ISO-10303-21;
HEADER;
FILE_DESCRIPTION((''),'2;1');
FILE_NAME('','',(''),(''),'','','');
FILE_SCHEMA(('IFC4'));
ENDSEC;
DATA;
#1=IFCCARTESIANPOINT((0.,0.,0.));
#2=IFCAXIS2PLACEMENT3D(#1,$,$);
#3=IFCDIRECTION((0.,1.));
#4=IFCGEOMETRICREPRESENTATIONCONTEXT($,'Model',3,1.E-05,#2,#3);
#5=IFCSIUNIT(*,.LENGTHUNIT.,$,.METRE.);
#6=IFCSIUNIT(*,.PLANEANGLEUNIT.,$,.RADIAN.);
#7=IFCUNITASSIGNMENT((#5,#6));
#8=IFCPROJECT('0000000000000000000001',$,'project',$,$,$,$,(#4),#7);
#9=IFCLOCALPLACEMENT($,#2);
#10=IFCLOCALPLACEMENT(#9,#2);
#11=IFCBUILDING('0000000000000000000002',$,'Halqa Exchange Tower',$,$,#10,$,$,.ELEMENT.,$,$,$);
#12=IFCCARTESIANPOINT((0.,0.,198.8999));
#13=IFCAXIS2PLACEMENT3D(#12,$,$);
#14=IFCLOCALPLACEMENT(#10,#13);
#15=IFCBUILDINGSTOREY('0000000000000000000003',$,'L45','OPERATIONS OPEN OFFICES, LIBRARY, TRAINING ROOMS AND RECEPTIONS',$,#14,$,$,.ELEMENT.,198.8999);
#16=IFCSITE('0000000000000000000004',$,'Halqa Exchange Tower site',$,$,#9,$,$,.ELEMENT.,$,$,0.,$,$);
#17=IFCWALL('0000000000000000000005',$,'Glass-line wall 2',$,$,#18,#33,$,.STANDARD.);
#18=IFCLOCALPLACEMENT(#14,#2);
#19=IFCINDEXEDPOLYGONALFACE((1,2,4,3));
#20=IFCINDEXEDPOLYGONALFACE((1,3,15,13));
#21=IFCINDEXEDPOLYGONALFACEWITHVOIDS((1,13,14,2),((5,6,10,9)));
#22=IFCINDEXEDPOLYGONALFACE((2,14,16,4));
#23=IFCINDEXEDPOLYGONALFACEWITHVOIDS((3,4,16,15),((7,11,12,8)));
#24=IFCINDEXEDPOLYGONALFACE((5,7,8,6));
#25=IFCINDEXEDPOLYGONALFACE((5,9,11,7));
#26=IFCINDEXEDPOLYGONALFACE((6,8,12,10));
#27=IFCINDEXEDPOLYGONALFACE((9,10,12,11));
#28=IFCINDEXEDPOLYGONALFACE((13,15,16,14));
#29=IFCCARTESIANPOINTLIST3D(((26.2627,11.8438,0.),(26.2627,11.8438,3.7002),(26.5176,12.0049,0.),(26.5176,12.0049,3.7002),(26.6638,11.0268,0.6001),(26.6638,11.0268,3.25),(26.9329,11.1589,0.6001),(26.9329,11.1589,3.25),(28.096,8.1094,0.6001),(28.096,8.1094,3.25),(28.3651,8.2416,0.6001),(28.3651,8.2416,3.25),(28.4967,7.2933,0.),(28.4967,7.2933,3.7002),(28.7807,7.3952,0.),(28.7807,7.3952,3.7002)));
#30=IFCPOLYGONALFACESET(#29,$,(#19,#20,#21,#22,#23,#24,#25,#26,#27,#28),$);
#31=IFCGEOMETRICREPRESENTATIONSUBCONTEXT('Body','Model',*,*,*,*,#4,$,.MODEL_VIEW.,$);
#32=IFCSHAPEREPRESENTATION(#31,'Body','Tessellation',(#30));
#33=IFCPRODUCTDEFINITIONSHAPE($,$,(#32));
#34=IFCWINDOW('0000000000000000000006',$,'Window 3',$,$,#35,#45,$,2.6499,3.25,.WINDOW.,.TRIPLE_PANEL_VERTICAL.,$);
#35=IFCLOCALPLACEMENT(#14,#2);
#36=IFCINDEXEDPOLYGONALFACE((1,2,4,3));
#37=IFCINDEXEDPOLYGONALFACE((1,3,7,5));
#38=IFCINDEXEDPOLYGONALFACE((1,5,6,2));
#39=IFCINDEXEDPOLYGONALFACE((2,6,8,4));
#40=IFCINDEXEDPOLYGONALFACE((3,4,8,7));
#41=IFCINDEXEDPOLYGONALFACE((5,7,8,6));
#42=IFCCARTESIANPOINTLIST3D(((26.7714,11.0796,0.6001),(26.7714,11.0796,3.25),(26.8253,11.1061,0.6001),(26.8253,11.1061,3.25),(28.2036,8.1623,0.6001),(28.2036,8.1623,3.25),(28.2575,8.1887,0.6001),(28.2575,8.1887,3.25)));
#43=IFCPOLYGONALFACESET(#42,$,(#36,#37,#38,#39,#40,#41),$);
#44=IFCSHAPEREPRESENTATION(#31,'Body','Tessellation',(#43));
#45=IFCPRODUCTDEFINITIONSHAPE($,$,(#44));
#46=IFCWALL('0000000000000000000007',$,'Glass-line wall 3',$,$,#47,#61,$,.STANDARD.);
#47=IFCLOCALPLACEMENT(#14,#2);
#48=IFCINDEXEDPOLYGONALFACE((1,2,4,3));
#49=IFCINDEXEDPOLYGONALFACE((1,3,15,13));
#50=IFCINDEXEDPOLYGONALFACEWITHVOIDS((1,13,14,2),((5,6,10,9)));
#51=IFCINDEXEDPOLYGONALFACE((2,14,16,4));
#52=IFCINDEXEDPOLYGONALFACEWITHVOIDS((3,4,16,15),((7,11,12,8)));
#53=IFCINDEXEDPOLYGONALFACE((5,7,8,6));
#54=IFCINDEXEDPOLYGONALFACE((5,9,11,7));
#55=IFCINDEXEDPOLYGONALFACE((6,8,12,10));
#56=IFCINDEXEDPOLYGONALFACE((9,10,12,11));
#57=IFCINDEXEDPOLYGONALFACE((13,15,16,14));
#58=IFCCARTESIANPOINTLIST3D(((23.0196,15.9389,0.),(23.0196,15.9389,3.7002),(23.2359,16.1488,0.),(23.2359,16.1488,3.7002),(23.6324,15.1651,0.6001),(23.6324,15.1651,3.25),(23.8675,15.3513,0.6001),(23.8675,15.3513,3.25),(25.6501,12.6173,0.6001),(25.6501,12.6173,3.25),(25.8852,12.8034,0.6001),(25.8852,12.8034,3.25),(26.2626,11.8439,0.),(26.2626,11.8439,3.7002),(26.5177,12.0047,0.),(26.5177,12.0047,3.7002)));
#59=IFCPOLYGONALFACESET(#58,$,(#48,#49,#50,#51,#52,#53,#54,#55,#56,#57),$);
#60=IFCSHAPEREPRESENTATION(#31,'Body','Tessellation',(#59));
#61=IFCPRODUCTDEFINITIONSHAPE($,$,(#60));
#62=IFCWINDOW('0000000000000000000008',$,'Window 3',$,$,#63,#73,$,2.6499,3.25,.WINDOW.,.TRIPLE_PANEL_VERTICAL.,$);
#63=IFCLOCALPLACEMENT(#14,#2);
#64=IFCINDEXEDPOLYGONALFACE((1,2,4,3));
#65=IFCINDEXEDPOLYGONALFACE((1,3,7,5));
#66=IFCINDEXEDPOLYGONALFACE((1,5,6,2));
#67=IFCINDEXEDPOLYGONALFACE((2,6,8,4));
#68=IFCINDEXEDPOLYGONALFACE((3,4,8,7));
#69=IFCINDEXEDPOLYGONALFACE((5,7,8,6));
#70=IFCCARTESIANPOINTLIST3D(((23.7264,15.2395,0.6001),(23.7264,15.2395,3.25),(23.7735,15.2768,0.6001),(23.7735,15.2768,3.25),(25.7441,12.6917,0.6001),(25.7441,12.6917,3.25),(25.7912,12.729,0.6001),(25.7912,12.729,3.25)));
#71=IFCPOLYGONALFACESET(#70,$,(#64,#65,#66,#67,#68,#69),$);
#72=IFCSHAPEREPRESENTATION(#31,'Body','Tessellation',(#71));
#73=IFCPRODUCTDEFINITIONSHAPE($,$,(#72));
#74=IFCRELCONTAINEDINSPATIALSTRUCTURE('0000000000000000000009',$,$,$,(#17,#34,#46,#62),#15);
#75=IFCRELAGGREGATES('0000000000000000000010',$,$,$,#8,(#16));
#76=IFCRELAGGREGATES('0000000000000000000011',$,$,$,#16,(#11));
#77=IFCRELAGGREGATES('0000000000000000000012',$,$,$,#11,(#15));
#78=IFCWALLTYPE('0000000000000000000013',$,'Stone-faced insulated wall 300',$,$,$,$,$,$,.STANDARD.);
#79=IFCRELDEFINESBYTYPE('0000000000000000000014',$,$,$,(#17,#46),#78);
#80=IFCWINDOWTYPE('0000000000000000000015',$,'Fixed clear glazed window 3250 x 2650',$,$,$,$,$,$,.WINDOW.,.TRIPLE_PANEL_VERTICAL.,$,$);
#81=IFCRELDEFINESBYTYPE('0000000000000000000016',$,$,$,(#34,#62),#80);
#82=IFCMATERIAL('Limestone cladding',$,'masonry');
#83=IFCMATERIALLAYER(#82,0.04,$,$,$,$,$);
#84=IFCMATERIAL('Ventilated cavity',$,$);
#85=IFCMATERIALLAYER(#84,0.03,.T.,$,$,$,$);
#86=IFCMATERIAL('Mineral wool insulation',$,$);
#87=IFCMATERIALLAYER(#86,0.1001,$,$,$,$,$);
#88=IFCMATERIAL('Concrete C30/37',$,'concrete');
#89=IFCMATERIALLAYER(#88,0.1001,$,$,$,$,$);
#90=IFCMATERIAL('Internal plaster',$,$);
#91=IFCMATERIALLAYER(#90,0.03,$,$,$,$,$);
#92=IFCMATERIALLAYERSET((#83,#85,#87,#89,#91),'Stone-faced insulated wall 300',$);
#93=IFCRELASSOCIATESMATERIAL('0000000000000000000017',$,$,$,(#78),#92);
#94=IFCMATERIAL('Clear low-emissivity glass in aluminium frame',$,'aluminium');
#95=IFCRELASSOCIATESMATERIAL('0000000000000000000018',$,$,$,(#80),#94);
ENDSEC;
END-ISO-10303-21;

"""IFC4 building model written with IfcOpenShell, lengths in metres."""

from ifc_helpers import new_model, si_unit, direction, frame, frame_2d, origin, place, context, subcontext, project, spatial, polyline, rectangle, outline, extrude, material, layer, layer_set, type_object, element, fill, save


model = new_model("IFC4")

# Units and contexts
model_context = context("Model", 3, precision=1e-05, world=origin(), true_north=direction((0.0, 1.0)))
body_context = subcontext(model_context, "Body", "Model", "MODEL_VIEW")
ifc_project = project(units=[si_unit("LENGTHUNIT", "METRE"), si_unit("PLANEANGLEUNIT", "RADIAN")], contexts=[model_context])

# Site, building, storey
site_placement = place(None, origin())
site = spatial("IfcSite", under=ifc_project, at=site_placement, Name="Halqa Exchange Tower site", CompositionType="ELEMENT", RefElevation=0.0)
building_placement = place(site_placement, origin())
building = spatial("IfcBuilding", under=site, at=building_placement, Name="Halqa Exchange Tower", CompositionType="ELEMENT")
storey_placement = place(building_placement, frame((0.0, 0.0, 198.8999)))
storey = spatial("IfcBuildingStorey", under=building, at=storey_placement, Name="L45", Description="OPERATIONS OPEN OFFICES, LIBRARY, TRAINING ROOMS AND RECEPTIONS", CompositionType="ELEMENT", Elevation=198.8999)

# Walls, openings, windows
ifc_material_1 = material(Name="Limestone cladding", Category="masonry")
ifc_layer_1 = layer(ifc_material_1, 0.04)
ifc_material_2 = material(Name="Ventilated cavity")
ifc_layer_2 = layer(ifc_material_2, 0.03, ventilated=True)
ifc_material_3 = material(Name="Mineral wool insulation")
ifc_layer_3 = layer(ifc_material_3, 0.1001)
ifc_material_4 = material(Name="Concrete C30/37", Category="concrete")
ifc_layer_4 = layer(ifc_material_4, 0.1001)
ifc_material_5 = material(Name="Internal plaster")
ifc_layer_5 = layer(ifc_material_5, 0.03)
ifc_layer_set_1 = layer_set([ifc_layer_1, ifc_layer_2, ifc_layer_3, ifc_layer_4, ifc_layer_5], Name="Stone-faced insulated wall 300")
wall_type_1 = type_object("IfcWallType", Name="Stone-faced insulated wall 300", PredefinedType="STANDARD", material=ifc_layer_set_1)
ifc_material_6 = material(Name="Clear low-emissivity glass in aluminium frame", Category="aluminium")
window_type = type_object("IfcWindowType", Name="Fixed clear glazed window 3250 x 2650", PartitioningType="TRIPLE_PANEL_VERTICAL", PredefinedType="WINDOW", material=ifc_material_6)
wall_1_placement = place(storey_placement, frame((28.6387, 7.3442, 0.0), z_axis=(0.0, 0.0, 1.0), x_axis=(-0.440694, 0.897657, 0.0)))
wall_1 = element("IfcWall", 1, at=wall_1_placement, inside=storey, type_object=wall_type_1, Name="Glass-line wall 2", PredefinedType="STANDARD", context=body_context, shape_type="SweptSolid", body=[
    extrude(outline(polyline([(-0.0168, -0.1499), (5.1184, -0.1499), (5.0862, 0.1499), (0.0168, 0.1499), (-0.0168, -0.1499)])), origin(), (0.0, 0.0, 1.0), 3.7002),
])
opening_1_placement = place(wall_1_placement, frame((0.926, 0.0, 0.6001)))
opening_1 = element("IfcOpeningElement", 2, at=opening_1_placement, cuts=wall_1, PredefinedType="OPENING", context=body_context, shape_type="SweptSolid", body=[
    extrude(rectangle(XDim=3.25, YDim=2.6499, at=frame_2d((1.625, 1.325))), frame((0.0, 0.1621, 0.0), z_axis=(0.0, -1.0, 0.0), x_axis=(1.0, 0.0, 0.0)), (0.0, 0.0, 1.0), 0.324),
])
window_1_placement = place(opening_1_placement, origin())
window_1 = element("IfcWindow", 3, at=window_1_placement, inside=storey, type_object=window_type, Name="Window 3", OverallHeight=2.6499, OverallWidth=3.25, PartitioningType="TRIPLE_PANEL_VERTICAL", PredefinedType="WINDOW", context=body_context, shape_type="SweptSolid", body=[
    extrude(rectangle(XDim=3.25, YDim=2.6499, at=frame_2d((1.625, 1.325))), frame((0.0, 0.03, 0.0), z_axis=(0.0, -1.0, 0.0), x_axis=(1.0, 0.0, 0.0)), (0.0, 0.0, 1.0), 0.0601),
])
fill(opening_1, window_1)
wall_2_placement = place(storey_placement, frame((26.3901, 11.9243, 0.0), z_axis=(0.0, 0.0, 1.0), x_axis=(-0.620829, 0.783946, 0.0)))
wall_2 = element("IfcWall", 4, at=wall_2_placement, inside=storey, type_object=wall_type_1, Name="Glass-line wall 3", PredefinedType="STANDARD", context=body_context, shape_type="SweptSolid", body=[
    extrude(outline(polyline([(-0.0161, -0.1499), (5.27, -0.1499), (5.2397, 0.1499), (0.0161, 0.1499), (-0.0161, -0.1499)])), origin(), (0.0, 0.0, 1.0), 3.7002),
])
opening_2_placement = place(wall_2_placement, frame((1.0027, 0.0, 0.6001)))
opening_2 = element("IfcOpeningElement", 5, at=opening_2_placement, cuts=wall_2, PredefinedType="OPENING", context=body_context, shape_type="SweptSolid", body=[
    extrude(rectangle(XDim=3.25, YDim=2.6499, at=frame_2d((1.625, 1.325))), frame((0.0, 0.1621, 0.0), z_axis=(0.0, -1.0, 0.0), x_axis=(1.0, 0.0, 0.0)), (0.0, 0.0, 1.0), 0.324),
])
window_2_placement = place(opening_2_placement, origin())
window_2 = element("IfcWindow", 6, at=window_2_placement, inside=storey, type_object=window_type, Name="Window 3", OverallHeight=2.6499, OverallWidth=3.25, PartitioningType="TRIPLE_PANEL_VERTICAL", PredefinedType="WINDOW", context=body_context, shape_type="SweptSolid", body=[
    extrude(rectangle(XDim=3.25, YDim=2.6499, at=frame_2d((1.625, 1.325))), frame((0.0, 0.03, 0.0), z_axis=(0.0, -1.0, 0.0), x_axis=(1.0, 0.0, 0.0)), (0.0, 0.0, 1.0), 0.0601),
])
fill(opening_2, window_2)

save(model, "model.ifc")
